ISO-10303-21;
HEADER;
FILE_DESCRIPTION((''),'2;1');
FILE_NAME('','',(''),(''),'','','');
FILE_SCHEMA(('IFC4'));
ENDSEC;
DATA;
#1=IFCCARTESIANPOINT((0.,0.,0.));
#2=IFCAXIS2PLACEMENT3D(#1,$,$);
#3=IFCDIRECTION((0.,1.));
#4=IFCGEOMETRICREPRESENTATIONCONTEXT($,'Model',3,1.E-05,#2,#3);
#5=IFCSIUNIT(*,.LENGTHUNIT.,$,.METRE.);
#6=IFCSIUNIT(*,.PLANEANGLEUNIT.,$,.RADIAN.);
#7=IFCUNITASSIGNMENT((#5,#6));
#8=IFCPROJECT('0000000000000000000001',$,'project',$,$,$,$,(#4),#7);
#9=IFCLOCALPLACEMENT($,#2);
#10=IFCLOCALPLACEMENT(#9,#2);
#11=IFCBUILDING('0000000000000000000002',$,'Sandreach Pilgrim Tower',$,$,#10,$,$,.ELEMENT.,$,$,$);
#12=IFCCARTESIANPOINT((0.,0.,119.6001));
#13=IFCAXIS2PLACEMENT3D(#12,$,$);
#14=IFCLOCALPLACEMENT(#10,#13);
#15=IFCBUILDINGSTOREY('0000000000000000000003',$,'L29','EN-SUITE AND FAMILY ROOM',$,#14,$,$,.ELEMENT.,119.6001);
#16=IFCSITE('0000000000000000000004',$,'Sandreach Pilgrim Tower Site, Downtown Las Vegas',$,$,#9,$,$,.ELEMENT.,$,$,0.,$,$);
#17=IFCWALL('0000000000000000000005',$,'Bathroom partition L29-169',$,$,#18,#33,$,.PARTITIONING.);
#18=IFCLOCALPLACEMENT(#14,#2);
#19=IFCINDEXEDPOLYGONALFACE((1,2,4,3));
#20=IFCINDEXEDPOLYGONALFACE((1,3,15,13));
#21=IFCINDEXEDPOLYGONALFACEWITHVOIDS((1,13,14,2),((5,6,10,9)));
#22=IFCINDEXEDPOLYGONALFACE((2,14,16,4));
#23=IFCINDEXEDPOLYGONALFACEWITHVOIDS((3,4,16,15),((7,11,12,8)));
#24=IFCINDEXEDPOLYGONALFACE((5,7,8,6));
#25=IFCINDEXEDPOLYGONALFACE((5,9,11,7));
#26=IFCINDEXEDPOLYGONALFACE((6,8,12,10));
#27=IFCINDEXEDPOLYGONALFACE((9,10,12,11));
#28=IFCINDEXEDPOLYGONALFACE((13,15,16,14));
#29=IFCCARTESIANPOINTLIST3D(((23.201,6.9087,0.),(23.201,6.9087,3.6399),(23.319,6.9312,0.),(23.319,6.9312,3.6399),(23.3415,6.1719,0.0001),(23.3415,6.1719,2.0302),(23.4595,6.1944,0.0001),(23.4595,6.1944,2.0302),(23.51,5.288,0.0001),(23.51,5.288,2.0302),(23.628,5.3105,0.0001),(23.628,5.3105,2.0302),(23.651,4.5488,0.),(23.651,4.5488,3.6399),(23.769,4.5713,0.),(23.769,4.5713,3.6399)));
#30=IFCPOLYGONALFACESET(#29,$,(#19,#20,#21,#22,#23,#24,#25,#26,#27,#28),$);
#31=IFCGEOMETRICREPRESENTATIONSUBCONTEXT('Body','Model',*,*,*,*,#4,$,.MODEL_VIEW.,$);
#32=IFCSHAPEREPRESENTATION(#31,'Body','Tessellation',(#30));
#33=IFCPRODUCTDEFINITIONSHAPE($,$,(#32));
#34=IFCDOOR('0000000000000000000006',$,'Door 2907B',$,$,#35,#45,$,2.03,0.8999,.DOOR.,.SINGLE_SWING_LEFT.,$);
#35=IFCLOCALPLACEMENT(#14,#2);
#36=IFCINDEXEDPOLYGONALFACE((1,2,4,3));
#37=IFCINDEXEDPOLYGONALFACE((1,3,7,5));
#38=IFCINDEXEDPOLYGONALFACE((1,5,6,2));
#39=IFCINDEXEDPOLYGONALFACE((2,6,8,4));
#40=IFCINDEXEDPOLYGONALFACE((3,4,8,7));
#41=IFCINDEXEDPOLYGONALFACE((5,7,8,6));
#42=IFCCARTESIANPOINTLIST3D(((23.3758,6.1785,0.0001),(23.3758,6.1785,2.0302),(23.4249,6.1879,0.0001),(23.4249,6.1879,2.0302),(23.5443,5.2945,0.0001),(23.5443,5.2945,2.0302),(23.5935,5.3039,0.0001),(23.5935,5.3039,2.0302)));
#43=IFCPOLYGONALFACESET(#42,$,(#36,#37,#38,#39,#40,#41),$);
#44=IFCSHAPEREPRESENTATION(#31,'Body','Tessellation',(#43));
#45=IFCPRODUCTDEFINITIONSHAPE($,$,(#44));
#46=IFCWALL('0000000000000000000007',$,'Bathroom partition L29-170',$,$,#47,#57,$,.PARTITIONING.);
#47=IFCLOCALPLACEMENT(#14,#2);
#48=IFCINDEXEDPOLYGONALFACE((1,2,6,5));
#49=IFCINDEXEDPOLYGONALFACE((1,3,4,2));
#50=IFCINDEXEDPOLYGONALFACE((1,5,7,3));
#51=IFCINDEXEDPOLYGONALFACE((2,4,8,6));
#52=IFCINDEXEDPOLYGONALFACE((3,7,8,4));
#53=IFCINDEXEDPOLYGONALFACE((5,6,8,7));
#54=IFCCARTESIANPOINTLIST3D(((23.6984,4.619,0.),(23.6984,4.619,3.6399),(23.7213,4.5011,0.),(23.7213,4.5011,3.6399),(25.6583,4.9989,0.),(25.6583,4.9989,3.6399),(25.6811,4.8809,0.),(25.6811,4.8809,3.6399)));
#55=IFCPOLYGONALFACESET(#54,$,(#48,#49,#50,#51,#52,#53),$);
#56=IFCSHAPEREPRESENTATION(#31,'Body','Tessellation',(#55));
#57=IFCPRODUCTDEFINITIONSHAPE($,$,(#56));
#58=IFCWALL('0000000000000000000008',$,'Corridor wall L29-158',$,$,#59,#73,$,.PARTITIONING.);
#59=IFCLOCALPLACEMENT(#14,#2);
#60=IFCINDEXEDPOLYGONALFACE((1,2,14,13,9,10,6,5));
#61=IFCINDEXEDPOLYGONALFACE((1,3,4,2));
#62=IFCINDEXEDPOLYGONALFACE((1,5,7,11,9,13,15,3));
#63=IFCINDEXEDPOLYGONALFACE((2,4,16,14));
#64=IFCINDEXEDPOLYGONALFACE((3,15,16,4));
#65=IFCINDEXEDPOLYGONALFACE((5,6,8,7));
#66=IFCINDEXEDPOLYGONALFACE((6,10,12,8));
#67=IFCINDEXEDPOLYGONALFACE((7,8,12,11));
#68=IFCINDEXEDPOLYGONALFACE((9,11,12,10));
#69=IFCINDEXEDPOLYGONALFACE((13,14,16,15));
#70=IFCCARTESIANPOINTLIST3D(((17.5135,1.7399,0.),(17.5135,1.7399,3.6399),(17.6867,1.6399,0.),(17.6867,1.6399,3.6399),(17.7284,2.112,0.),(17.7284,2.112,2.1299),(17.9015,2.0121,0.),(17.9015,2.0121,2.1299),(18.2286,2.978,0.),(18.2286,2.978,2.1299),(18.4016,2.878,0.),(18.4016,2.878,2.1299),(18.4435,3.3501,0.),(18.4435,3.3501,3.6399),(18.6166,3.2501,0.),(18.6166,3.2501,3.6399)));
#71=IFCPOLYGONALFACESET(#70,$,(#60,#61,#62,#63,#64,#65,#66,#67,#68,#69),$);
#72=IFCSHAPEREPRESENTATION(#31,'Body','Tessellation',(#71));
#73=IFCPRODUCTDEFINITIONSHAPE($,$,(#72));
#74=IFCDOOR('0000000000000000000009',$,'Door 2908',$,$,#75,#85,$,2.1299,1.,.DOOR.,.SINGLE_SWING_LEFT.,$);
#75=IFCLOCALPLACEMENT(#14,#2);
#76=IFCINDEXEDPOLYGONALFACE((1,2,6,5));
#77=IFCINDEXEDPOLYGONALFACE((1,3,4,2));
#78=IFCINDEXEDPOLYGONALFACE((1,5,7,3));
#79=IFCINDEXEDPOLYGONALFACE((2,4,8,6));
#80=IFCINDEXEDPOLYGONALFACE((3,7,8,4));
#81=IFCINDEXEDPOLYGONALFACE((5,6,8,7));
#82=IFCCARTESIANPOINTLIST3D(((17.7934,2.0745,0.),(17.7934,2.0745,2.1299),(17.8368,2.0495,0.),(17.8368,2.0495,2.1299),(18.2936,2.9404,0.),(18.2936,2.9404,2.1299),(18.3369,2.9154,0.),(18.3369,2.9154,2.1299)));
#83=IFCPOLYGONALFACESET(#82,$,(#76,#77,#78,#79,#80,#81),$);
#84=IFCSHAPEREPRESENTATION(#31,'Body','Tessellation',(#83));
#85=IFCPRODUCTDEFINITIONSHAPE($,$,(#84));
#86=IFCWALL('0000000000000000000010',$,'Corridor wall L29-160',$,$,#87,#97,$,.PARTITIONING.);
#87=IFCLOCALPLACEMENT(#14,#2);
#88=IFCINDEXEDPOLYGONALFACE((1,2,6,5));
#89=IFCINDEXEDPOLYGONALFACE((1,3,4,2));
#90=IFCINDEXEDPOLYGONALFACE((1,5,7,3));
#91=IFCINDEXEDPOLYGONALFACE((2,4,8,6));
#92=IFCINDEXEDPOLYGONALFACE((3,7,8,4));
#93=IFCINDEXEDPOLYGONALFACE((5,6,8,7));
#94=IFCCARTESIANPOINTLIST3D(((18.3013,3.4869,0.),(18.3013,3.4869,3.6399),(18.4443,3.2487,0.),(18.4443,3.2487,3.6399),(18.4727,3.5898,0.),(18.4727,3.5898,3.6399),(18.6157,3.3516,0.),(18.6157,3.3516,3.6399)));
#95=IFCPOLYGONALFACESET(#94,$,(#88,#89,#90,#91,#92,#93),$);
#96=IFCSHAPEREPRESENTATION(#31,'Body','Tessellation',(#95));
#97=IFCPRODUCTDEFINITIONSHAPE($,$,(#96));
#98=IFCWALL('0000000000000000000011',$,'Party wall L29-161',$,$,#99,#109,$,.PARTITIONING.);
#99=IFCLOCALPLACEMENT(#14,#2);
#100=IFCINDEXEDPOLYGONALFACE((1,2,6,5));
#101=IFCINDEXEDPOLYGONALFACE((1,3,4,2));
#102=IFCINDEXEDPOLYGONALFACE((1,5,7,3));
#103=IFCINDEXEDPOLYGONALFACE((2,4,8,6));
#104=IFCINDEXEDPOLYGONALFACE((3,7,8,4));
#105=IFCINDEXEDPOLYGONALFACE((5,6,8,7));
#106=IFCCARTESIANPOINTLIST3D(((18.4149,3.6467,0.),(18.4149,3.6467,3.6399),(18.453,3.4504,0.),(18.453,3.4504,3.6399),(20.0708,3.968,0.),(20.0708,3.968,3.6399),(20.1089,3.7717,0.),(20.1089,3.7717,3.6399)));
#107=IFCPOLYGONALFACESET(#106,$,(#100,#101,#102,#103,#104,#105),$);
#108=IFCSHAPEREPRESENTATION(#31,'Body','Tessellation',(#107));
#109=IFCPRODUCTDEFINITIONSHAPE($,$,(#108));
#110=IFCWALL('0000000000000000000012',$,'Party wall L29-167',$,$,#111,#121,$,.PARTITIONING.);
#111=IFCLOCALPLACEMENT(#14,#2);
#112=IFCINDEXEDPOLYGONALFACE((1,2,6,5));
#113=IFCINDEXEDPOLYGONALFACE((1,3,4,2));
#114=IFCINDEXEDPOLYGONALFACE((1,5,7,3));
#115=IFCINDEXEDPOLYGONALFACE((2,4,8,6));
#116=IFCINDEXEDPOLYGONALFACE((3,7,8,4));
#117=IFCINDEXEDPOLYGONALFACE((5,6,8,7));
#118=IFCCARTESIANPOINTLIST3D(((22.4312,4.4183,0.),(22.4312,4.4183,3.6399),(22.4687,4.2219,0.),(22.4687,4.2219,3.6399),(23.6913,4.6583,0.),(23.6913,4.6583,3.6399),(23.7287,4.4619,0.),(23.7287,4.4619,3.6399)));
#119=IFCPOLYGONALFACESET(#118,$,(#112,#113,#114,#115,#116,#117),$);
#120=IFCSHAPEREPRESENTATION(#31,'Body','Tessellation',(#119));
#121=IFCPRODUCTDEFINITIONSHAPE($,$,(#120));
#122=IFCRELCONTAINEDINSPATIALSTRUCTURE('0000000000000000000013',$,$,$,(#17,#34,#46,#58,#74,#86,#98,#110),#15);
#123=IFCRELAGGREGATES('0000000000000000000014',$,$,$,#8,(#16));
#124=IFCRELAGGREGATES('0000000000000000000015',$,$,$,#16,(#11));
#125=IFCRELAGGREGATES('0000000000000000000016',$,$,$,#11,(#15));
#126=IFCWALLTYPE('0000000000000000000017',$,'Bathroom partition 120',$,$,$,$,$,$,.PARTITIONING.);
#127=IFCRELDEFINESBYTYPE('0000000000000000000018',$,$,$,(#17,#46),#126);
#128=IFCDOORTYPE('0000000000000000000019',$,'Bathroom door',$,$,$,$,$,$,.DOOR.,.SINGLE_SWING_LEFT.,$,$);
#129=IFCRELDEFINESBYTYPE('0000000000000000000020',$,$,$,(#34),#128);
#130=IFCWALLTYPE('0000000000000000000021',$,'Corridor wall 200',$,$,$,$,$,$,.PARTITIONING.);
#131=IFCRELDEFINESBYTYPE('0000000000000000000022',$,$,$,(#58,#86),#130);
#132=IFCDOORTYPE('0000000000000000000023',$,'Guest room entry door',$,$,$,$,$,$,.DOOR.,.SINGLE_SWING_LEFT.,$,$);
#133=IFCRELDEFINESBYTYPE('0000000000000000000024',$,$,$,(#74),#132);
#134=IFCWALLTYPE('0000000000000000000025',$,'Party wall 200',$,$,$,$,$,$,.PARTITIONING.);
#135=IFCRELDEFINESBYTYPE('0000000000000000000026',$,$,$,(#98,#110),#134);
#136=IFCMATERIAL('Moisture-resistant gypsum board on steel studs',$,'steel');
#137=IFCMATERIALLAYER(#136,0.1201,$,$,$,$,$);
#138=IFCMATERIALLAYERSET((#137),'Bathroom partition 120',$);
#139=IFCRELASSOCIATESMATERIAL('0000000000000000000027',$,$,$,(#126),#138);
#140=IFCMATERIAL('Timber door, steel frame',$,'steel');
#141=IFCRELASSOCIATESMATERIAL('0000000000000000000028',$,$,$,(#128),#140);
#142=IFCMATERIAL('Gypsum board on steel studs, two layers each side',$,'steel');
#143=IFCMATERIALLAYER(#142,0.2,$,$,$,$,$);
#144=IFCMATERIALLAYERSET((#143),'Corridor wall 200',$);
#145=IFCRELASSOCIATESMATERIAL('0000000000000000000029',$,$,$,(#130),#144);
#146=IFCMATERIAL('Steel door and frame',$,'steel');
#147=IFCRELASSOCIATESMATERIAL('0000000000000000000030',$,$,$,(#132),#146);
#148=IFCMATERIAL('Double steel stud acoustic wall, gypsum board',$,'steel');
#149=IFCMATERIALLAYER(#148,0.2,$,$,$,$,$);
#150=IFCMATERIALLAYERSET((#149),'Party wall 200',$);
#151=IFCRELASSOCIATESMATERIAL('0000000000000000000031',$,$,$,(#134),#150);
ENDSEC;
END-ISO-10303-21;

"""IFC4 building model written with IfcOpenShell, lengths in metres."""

from ifc_helpers import new_model, si_unit, direction, frame, frame_2d, origin, place, context, subcontext, project, spatial, rectangle, extrude, material, layer, layer_set, type_object, element, fill, save


model = new_model("IFC4")

# Units and contexts
model_context = context("Model", 3, precision=1e-05, world=origin(), true_north=direction((0.0, 1.0)))
body_context = subcontext(model_context, "Body", "Model", "MODEL_VIEW")
ifc_project = project(units=[si_unit("LENGTHUNIT", "METRE"), si_unit("PLANEANGLEUNIT", "RADIAN")], contexts=[model_context])

# Site, building, storey
site_placement = place(None, origin())
site = spatial("IfcSite", under=ifc_project, at=site_placement, Name="Sandreach Pilgrim Tower Site, Downtown Las Vegas", CompositionType="ELEMENT", RefElevation=0.0)
building_placement = place(site_placement, origin())
building = spatial("IfcBuilding", under=site, at=building_placement, Name="Sandreach Pilgrim Tower", CompositionType="ELEMENT")
storey_placement = place(building_placement, frame((0.0, 0.0, 119.6001)))
storey = spatial("IfcBuildingStorey", under=building, at=storey_placement, Name="L29", Description="EN-SUITE AND FAMILY ROOM", CompositionType="ELEMENT", Elevation=119.6001)

# Shared definitions
ifc_material_1 = material(Name="Moisture-resistant gypsum board on steel studs", Category="steel")
ifc_layer_1 = layer(ifc_material_1, 0.1201)
ifc_layer_set_1 = layer_set([ifc_layer_1], Name="Bathroom partition 120")
wall_type_1 = type_object("IfcWallType", Name="Bathroom partition 120", PredefinedType="PARTITIONING", material=ifc_layer_set_1)

# Shared definitions
ifc_material_2 = material(Name="Timber door, steel frame", Category="steel")
door_type_1 = type_object("IfcDoorType", Name="Bathroom door", OperationType="SINGLE_SWING_LEFT", PredefinedType="DOOR", material=ifc_material_2)

# Wall, opening, door
wall_1_placement = place(storey_placement, frame((23.26, 6.9199, 0.0), z_axis=(0.0, 0.0, 1.0), x_axis=(0.187294, -0.982304, 0.0)))
wall_1 = element("IfcWall", 1, at=wall_1_placement, inside=storey, type_object=wall_type_1, Name="Bathroom partition L29-169", PredefinedType="PARTITIONING", context=body_context, shape_type="SweptSolid", body=[
    extrude(rectangle(XDim=2.4023, YDim=0.1201, at=frame_2d((1.2012, 0.0))), origin(), (0.0, 0.0, 1.0), 3.6399),
])
opening_1_placement = place(wall_1_placement, frame((0.75, 0.0, 0.0)))
opening_1 = element("IfcOpeningElement", 2, at=opening_1_placement, cuts=wall_1, PredefinedType="OPENING", context=body_context, shape_type="SweptSolid", body=[
    extrude(rectangle(XDim=0.8999, YDim=2.03, at=frame_2d((0.45, 1.0151))), frame((0.0, 0.0601, 0.0), z_axis=(0.0, -1.0, 0.0), x_axis=(1.0, 0.0, 0.0)), (0.0, 0.0, 1.0), 0.1201),
])
door_1_placement = place(opening_1_placement, origin())
door_1 = element("IfcDoor", 3, at=door_1_placement, inside=storey, type_object=door_type_1, Name="Door 2907B", OperationType="SINGLE_SWING_LEFT", OverallHeight=2.03, OverallWidth=0.8999, PredefinedType="DOOR", context=body_context, shape_type="SweptSolid", body=[
    extrude(rectangle(XDim=0.8999, YDim=2.03, at=frame_2d((0.45, 1.0151))), frame((0.0, 0.0249, 0.0), z_axis=(0.0, -1.0, 0.0), x_axis=(1.0, 0.0, 0.0)), (0.0, 0.0, 1.0), 0.05),
])
fill(opening_1, door_1)

# Wall
wall_2_placement = place(storey_placement, frame((23.71, 4.5601, 0.0), z_axis=(0.0, 0.0, 1.0), x_axis=(0.98173, 0.19028, 0.0)))
element("IfcWall", 4, at=wall_2_placement, inside=storey, type_object=wall_type_1, Name="Bathroom partition L29-170", PredefinedType="PARTITIONING", context=body_context, shape_type="SweptSolid", body=[
    extrude(rectangle(XDim=1.9963, YDim=0.1201, at=frame_2d((0.998, 0.0))), origin(), (0.0, 0.0, 1.0), 3.6399),
])

# Wall, opening, door
ifc_material_3 = material(Name="Gypsum board on steel studs, two layers each side", Category="steel")
ifc_layer_2 = layer(ifc_material_3, 0.2)
ifc_layer_set_2 = layer_set([ifc_layer_2], Name="Corridor wall 200")
wall_type_2 = type_object("IfcWallType", Name="Corridor wall 200", PredefinedType="PARTITIONING", material=ifc_layer_set_2)
ifc_material_4 = material(Name="Steel door and frame", Category="steel")
door_type_2 = type_object("IfcDoorType", Name="Guest room entry door", OperationType="SINGLE_SWING_LEFT", PredefinedType="DOOR", material=ifc_material_4)
wall_3_placement = place(storey_placement, frame((17.6001, 1.6899, 0.0), z_axis=(0.0, 0.0, 1.0), x_axis=(0.500135, 0.865947, 0.0)))
wall_3 = element("IfcWall", 5, at=wall_3_placement, inside=storey, type_object=wall_type_2, Name="Corridor wall L29-158", PredefinedType="PARTITIONING", context=body_context, shape_type="SweptSolid", body=[
    extrude(rectangle(XDim=1.8594, YDim=0.2, at=frame_2d((0.9297, 0.0))), origin(), (0.0, 0.0, 1.0), 3.6399),
])
opening_2_placement = place(wall_3_placement, frame((0.4297, 0.0, 0.0)))
opening_2 = element("IfcOpeningElement", 6, at=opening_2_placement, cuts=wall_3, PredefinedType="OPENING", context=body_context, shape_type="SweptSolid", body=[
    extrude(rectangle(XDim=1.0, YDim=2.1299, at=frame_2d((0.5, 1.0649))), frame((0.0, 0.1001, 0.0), z_axis=(0.0, -1.0, 0.0), x_axis=(1.0, 0.0, 0.0)), (0.0, 0.0, 1.0), 0.2),
])
door_2_placement = place(opening_2_placement, origin())
door_2 = element("IfcDoor", 7, at=door_2_placement, inside=storey, type_object=door_type_2, Name="Door 2908", OperationType="SINGLE_SWING_LEFT", OverallHeight=2.1299, OverallWidth=1.0, PredefinedType="DOOR", context=body_context, shape_type="SweptSolid", body=[
    extrude(rectangle(XDim=1.0, YDim=2.1299, at=frame_2d((0.5, 1.0649))), frame((0.0, 0.0249, 0.0), z_axis=(0.0, -1.0, 0.0), x_axis=(1.0, 0.0, 0.0)), (0.0, 0.0, 1.0), 0.05),
])
fill(opening_2, door_2)

# Walls
wall_4_placement = place(storey_placement, frame((18.387, 3.5383, 0.0), z_axis=(0.0, 0.0, 1.0), x_axis=(0.514754, -0.857338, 0.0)))
element("IfcWall", 8, at=wall_4_placement, inside=storey, type_object=wall_type_2, Name="Corridor wall L29-160", PredefinedType="PARTITIONING", context=body_context, shape_type="SweptSolid", body=[
    extrude(rectangle(XDim=0.2778, YDim=0.2, at=frame_2d((0.1389, 0.0))), origin(), (0.0, 0.0, 1.0), 3.6399),
])
ifc_material_5 = material(Name="Double steel stud acoustic wall, gypsum board", Category="steel")
ifc_layer_3 = layer(ifc_material_5, 0.2)
ifc_layer_set_3 = layer_set([ifc_layer_3], Name="Party wall 200")
wall_type_3 = type_object("IfcWallType", Name="Party wall 200", PredefinedType="PARTITIONING", material=ifc_layer_set_3)
wall_5_placement = place(storey_placement, frame((18.4341, 3.5486, 0.0), z_axis=(0.0, 0.0, 1.0), x_axis=(0.981694, 0.190463, 0.0)))
element("IfcWall", 9, at=wall_5_placement, inside=storey, type_object=wall_type_3, Name="Party wall L29-161", PredefinedType="PARTITIONING", context=body_context, shape_type="SweptSolid", body=[
    extrude(rectangle(XDim=1.6868, YDim=0.2, at=frame_2d((0.8433, 0.0))), origin(), (0.0, 0.0, 1.0), 3.6399),
])
wall_6_placement = place(storey_placement, frame((22.45, 4.3201, 0.0), z_axis=(0.0, 0.0, 1.0), x_axis=(0.98234, 0.187103, 0.0)))
element("IfcWall", 10, at=wall_6_placement, inside=storey, type_object=wall_type_3, Name="Party wall L29-167", PredefinedType="PARTITIONING", context=body_context, shape_type="SweptSolid", body=[
    extrude(rectangle(XDim=1.2827, YDim=0.2, at=frame_2d((0.6414, 0.0))), origin(), (0.0, 0.0, 1.0), 3.6399),
])

save(model, "model.ifc")
